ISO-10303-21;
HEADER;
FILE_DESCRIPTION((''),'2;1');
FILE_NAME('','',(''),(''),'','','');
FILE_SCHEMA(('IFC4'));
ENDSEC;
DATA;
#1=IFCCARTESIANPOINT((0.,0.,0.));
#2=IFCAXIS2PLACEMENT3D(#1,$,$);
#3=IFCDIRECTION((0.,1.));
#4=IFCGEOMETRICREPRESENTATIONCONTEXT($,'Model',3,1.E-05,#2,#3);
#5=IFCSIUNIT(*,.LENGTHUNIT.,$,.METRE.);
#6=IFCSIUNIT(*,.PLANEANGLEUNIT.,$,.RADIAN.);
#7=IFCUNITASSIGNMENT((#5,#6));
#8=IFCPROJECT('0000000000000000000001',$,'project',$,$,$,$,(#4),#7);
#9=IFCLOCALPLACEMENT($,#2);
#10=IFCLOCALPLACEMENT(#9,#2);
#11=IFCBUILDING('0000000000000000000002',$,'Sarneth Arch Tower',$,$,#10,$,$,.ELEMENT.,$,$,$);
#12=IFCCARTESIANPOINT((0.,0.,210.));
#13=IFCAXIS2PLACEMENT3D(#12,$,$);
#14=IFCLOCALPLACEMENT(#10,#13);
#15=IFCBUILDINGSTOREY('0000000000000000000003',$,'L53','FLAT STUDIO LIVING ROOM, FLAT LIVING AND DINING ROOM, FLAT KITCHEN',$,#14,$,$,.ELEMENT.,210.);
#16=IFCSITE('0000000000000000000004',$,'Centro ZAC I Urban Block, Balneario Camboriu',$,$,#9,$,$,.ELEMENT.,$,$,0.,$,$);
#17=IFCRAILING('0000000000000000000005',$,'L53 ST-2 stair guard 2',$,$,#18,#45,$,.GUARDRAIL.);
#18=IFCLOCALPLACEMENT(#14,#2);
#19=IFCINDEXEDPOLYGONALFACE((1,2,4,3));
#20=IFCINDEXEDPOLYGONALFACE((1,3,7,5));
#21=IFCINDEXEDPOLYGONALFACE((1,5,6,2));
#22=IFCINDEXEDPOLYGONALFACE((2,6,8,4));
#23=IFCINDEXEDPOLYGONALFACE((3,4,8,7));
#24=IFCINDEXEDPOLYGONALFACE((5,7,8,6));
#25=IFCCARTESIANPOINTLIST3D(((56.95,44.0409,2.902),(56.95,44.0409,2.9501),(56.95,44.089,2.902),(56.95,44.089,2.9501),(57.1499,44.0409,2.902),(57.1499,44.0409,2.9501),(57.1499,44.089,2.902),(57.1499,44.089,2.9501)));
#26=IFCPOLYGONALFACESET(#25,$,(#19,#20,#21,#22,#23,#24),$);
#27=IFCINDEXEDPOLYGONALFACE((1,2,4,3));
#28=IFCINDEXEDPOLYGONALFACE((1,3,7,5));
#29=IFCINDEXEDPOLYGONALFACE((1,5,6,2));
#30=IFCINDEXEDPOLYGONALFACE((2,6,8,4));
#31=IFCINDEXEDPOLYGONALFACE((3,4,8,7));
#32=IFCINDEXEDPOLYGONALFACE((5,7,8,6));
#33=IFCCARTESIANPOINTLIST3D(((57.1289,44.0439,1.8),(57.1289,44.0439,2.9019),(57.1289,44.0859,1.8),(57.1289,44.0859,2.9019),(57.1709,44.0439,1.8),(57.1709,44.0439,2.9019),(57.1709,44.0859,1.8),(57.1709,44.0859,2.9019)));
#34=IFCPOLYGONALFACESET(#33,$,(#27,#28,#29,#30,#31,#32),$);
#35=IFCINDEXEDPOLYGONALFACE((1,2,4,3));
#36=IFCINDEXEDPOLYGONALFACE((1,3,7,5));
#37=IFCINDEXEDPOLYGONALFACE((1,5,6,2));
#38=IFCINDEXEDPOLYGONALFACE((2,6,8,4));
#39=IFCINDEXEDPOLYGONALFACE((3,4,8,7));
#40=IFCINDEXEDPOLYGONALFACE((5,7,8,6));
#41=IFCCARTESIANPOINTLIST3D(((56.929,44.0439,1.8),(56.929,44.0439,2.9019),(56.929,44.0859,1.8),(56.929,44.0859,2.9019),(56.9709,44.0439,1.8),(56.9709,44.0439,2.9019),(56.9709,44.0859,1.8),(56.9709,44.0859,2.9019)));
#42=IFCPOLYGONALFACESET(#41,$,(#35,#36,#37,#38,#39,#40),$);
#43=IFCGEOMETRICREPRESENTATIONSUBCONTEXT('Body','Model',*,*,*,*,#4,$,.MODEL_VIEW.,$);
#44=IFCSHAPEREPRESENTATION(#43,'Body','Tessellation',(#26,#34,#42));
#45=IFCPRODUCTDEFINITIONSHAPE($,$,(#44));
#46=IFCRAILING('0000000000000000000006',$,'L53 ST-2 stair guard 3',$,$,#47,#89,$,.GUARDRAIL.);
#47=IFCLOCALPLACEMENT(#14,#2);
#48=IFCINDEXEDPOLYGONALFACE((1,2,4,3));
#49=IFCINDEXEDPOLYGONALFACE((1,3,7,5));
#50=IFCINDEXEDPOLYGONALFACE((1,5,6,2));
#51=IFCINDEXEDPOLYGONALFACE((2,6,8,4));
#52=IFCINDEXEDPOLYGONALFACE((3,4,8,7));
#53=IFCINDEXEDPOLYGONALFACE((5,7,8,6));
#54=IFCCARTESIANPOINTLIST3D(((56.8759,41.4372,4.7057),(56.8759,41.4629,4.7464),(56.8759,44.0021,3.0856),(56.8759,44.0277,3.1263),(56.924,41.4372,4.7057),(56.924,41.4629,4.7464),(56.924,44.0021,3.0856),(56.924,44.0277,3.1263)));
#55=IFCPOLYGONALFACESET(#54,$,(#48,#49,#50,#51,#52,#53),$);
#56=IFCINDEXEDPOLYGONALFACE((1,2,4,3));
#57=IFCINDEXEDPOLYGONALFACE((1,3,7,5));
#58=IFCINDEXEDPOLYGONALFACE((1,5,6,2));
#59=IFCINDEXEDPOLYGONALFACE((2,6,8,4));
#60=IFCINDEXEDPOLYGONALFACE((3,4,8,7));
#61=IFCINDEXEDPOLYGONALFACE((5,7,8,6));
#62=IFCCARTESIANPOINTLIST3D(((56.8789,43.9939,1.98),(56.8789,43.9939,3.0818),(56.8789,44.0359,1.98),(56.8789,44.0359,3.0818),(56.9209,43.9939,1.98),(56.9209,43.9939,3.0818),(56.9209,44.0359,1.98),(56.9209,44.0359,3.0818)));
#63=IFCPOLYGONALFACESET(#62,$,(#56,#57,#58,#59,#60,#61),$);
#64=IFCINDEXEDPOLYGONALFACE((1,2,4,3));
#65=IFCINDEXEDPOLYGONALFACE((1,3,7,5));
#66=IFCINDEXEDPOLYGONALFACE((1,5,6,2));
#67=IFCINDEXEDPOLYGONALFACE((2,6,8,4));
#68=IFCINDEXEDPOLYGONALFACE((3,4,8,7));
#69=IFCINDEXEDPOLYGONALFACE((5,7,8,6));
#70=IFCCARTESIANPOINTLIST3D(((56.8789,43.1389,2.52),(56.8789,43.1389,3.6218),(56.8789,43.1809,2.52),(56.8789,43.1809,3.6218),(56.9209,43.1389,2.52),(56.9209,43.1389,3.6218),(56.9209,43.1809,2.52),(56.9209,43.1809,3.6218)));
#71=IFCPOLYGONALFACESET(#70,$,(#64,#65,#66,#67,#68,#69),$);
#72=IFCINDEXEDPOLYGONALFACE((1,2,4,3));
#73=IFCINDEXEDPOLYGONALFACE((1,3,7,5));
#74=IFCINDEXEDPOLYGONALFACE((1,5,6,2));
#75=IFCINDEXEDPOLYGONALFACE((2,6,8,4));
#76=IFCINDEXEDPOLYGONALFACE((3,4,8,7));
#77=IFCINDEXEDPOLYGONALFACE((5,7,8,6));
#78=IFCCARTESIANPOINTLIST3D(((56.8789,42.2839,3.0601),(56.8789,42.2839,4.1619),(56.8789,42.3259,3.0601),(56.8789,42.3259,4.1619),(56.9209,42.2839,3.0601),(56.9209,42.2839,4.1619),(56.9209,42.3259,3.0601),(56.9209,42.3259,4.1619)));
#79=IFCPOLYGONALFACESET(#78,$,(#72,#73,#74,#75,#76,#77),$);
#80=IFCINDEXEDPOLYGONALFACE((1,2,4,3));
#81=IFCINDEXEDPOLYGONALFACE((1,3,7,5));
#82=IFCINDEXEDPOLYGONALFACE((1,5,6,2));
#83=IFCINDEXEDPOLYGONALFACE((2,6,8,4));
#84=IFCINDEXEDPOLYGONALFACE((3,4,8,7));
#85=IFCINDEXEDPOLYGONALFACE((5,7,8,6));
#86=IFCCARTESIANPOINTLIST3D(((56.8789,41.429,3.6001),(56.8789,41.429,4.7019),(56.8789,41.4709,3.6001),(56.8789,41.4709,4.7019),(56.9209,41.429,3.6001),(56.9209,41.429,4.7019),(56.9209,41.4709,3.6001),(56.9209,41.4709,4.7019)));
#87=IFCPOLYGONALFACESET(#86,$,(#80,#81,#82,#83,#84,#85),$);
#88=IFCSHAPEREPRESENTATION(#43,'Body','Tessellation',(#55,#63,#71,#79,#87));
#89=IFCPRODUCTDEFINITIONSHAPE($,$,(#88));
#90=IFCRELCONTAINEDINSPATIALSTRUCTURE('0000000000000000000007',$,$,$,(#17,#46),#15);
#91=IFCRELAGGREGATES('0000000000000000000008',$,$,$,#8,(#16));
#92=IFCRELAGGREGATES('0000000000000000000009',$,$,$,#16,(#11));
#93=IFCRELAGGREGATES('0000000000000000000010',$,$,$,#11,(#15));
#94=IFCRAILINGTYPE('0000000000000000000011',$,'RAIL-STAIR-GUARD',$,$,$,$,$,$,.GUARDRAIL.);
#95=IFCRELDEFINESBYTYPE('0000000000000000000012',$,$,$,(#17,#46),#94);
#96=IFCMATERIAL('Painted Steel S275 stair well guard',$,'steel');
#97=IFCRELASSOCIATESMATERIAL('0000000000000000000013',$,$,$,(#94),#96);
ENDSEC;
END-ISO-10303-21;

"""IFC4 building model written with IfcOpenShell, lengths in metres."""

from ifc_helpers import new_model, si_unit, direction, frame, origin, origin_2d, place, context, subcontext, project, spatial, rectangle, extrude, material, type_object, element, save


model = new_model("IFC4")

# Units and contexts
model_context = context("Model", 3, precision=1e-05, world=origin(), true_north=direction((0.0, 1.0)))
body_context = subcontext(model_context, "Body", "Model", "MODEL_VIEW")
ifc_project = project(units=[si_unit("LENGTHUNIT", "METRE"), si_unit("PLANEANGLEUNIT", "RADIAN")], contexts=[model_context])

# Site, building, storey
site_placement = place(None, origin())
site = spatial("IfcSite", under=ifc_project, at=site_placement, Name="Centro ZAC I Urban Block, Balneario Camboriu", CompositionType="ELEMENT", RefElevation=0.0)
building_placement = place(site_placement, origin())
building = spatial("IfcBuilding", under=site, at=building_placement, Name="Sarneth Arch Tower", CompositionType="ELEMENT")
storey_placement = place(building_placement, frame((0.0, 0.0, 210.0)))
storey = spatial("IfcBuildingStorey", under=building, at=storey_placement, Name="L53", Description="FLAT STUDIO LIVING ROOM, FLAT LIVING AND DINING ROOM, FLAT KITCHEN", CompositionType="ELEMENT", Elevation=210.0)

# Railings
ifc_material_1 = material(Name="Painted Steel S275 stair well guard", Category="steel")
railing_type_1 = type_object("IfcRailingType", Name="RAIL-STAIR-GUARD", PredefinedType="GUARDRAIL", material=ifc_material_1)
railing_1_placement = place(storey_placement, frame((57.1499, 44.0649, 1.8)))
element("IfcRailing", 1, at=railing_1_placement, inside=storey, type_object=railing_type_1, Name="L53 ST-2 stair guard 2", PredefinedType="GUARDRAIL", context=body_context, shape_type="SweptSolid", body=[
    extrude(rectangle(XDim=0.0481, YDim=0.0481, at=origin_2d()), frame((0.0, 0.0, 1.126), z_axis=(-1.0, 0.0, 0.0), x_axis=(0.0, -1.0, 0.0)), (0.0, 0.0, 1.0), 0.2),
    extrude(rectangle(XDim=0.042, YDim=0.042, at=origin_2d()), origin(), (0.0, 0.0, 1.0), 1.1018),
    extrude(rectangle(XDim=0.042, YDim=0.042, at=origin_2d()), frame((-0.2, 0.0, 0.0)), (0.0, 0.0, 1.0), 1.1018),
])
railing_2_placement = place(storey_placement, frame((56.8999, 44.0149, 1.98)))
element("IfcRailing", 2, at=railing_2_placement, inside=storey, type_object=railing_type_1, Name="L53 ST-2 stair guard 3", PredefinedType="GUARDRAIL", context=body_context, shape_type="SweptSolid", body=[
    extrude(rectangle(XDim=0.0481, YDim=0.0481, at=origin_2d()), frame((0.0, 0.0, 1.126), z_axis=(0.0, -0.845466, 0.534029), x_axis=(1.0, 0.0, 0.0)), (0.0, 0.0, 1.0), 3.0337),
    extrude(rectangle(XDim=0.042, YDim=0.042, at=origin_2d()), origin(), (0.0, 0.0, 1.0), 1.1018),
    extrude(rectangle(XDim=0.042, YDim=0.042, at=origin_2d()), frame((0.0, -0.855, 0.54)), (0.0, 0.0, 1.0), 1.1018),
    extrude(rectangle(XDim=0.042, YDim=0.042, at=origin_2d()), frame((0.0, -1.71, 1.0801)), (0.0, 0.0, 1.0), 1.1018),
    extrude(rectangle(XDim=0.042, YDim=0.042, at=origin_2d()), frame((0.0, -2.5649, 1.6201)), (0.0, 0.0, 1.0), 1.1018),
])

save(model, "model.ifc")
